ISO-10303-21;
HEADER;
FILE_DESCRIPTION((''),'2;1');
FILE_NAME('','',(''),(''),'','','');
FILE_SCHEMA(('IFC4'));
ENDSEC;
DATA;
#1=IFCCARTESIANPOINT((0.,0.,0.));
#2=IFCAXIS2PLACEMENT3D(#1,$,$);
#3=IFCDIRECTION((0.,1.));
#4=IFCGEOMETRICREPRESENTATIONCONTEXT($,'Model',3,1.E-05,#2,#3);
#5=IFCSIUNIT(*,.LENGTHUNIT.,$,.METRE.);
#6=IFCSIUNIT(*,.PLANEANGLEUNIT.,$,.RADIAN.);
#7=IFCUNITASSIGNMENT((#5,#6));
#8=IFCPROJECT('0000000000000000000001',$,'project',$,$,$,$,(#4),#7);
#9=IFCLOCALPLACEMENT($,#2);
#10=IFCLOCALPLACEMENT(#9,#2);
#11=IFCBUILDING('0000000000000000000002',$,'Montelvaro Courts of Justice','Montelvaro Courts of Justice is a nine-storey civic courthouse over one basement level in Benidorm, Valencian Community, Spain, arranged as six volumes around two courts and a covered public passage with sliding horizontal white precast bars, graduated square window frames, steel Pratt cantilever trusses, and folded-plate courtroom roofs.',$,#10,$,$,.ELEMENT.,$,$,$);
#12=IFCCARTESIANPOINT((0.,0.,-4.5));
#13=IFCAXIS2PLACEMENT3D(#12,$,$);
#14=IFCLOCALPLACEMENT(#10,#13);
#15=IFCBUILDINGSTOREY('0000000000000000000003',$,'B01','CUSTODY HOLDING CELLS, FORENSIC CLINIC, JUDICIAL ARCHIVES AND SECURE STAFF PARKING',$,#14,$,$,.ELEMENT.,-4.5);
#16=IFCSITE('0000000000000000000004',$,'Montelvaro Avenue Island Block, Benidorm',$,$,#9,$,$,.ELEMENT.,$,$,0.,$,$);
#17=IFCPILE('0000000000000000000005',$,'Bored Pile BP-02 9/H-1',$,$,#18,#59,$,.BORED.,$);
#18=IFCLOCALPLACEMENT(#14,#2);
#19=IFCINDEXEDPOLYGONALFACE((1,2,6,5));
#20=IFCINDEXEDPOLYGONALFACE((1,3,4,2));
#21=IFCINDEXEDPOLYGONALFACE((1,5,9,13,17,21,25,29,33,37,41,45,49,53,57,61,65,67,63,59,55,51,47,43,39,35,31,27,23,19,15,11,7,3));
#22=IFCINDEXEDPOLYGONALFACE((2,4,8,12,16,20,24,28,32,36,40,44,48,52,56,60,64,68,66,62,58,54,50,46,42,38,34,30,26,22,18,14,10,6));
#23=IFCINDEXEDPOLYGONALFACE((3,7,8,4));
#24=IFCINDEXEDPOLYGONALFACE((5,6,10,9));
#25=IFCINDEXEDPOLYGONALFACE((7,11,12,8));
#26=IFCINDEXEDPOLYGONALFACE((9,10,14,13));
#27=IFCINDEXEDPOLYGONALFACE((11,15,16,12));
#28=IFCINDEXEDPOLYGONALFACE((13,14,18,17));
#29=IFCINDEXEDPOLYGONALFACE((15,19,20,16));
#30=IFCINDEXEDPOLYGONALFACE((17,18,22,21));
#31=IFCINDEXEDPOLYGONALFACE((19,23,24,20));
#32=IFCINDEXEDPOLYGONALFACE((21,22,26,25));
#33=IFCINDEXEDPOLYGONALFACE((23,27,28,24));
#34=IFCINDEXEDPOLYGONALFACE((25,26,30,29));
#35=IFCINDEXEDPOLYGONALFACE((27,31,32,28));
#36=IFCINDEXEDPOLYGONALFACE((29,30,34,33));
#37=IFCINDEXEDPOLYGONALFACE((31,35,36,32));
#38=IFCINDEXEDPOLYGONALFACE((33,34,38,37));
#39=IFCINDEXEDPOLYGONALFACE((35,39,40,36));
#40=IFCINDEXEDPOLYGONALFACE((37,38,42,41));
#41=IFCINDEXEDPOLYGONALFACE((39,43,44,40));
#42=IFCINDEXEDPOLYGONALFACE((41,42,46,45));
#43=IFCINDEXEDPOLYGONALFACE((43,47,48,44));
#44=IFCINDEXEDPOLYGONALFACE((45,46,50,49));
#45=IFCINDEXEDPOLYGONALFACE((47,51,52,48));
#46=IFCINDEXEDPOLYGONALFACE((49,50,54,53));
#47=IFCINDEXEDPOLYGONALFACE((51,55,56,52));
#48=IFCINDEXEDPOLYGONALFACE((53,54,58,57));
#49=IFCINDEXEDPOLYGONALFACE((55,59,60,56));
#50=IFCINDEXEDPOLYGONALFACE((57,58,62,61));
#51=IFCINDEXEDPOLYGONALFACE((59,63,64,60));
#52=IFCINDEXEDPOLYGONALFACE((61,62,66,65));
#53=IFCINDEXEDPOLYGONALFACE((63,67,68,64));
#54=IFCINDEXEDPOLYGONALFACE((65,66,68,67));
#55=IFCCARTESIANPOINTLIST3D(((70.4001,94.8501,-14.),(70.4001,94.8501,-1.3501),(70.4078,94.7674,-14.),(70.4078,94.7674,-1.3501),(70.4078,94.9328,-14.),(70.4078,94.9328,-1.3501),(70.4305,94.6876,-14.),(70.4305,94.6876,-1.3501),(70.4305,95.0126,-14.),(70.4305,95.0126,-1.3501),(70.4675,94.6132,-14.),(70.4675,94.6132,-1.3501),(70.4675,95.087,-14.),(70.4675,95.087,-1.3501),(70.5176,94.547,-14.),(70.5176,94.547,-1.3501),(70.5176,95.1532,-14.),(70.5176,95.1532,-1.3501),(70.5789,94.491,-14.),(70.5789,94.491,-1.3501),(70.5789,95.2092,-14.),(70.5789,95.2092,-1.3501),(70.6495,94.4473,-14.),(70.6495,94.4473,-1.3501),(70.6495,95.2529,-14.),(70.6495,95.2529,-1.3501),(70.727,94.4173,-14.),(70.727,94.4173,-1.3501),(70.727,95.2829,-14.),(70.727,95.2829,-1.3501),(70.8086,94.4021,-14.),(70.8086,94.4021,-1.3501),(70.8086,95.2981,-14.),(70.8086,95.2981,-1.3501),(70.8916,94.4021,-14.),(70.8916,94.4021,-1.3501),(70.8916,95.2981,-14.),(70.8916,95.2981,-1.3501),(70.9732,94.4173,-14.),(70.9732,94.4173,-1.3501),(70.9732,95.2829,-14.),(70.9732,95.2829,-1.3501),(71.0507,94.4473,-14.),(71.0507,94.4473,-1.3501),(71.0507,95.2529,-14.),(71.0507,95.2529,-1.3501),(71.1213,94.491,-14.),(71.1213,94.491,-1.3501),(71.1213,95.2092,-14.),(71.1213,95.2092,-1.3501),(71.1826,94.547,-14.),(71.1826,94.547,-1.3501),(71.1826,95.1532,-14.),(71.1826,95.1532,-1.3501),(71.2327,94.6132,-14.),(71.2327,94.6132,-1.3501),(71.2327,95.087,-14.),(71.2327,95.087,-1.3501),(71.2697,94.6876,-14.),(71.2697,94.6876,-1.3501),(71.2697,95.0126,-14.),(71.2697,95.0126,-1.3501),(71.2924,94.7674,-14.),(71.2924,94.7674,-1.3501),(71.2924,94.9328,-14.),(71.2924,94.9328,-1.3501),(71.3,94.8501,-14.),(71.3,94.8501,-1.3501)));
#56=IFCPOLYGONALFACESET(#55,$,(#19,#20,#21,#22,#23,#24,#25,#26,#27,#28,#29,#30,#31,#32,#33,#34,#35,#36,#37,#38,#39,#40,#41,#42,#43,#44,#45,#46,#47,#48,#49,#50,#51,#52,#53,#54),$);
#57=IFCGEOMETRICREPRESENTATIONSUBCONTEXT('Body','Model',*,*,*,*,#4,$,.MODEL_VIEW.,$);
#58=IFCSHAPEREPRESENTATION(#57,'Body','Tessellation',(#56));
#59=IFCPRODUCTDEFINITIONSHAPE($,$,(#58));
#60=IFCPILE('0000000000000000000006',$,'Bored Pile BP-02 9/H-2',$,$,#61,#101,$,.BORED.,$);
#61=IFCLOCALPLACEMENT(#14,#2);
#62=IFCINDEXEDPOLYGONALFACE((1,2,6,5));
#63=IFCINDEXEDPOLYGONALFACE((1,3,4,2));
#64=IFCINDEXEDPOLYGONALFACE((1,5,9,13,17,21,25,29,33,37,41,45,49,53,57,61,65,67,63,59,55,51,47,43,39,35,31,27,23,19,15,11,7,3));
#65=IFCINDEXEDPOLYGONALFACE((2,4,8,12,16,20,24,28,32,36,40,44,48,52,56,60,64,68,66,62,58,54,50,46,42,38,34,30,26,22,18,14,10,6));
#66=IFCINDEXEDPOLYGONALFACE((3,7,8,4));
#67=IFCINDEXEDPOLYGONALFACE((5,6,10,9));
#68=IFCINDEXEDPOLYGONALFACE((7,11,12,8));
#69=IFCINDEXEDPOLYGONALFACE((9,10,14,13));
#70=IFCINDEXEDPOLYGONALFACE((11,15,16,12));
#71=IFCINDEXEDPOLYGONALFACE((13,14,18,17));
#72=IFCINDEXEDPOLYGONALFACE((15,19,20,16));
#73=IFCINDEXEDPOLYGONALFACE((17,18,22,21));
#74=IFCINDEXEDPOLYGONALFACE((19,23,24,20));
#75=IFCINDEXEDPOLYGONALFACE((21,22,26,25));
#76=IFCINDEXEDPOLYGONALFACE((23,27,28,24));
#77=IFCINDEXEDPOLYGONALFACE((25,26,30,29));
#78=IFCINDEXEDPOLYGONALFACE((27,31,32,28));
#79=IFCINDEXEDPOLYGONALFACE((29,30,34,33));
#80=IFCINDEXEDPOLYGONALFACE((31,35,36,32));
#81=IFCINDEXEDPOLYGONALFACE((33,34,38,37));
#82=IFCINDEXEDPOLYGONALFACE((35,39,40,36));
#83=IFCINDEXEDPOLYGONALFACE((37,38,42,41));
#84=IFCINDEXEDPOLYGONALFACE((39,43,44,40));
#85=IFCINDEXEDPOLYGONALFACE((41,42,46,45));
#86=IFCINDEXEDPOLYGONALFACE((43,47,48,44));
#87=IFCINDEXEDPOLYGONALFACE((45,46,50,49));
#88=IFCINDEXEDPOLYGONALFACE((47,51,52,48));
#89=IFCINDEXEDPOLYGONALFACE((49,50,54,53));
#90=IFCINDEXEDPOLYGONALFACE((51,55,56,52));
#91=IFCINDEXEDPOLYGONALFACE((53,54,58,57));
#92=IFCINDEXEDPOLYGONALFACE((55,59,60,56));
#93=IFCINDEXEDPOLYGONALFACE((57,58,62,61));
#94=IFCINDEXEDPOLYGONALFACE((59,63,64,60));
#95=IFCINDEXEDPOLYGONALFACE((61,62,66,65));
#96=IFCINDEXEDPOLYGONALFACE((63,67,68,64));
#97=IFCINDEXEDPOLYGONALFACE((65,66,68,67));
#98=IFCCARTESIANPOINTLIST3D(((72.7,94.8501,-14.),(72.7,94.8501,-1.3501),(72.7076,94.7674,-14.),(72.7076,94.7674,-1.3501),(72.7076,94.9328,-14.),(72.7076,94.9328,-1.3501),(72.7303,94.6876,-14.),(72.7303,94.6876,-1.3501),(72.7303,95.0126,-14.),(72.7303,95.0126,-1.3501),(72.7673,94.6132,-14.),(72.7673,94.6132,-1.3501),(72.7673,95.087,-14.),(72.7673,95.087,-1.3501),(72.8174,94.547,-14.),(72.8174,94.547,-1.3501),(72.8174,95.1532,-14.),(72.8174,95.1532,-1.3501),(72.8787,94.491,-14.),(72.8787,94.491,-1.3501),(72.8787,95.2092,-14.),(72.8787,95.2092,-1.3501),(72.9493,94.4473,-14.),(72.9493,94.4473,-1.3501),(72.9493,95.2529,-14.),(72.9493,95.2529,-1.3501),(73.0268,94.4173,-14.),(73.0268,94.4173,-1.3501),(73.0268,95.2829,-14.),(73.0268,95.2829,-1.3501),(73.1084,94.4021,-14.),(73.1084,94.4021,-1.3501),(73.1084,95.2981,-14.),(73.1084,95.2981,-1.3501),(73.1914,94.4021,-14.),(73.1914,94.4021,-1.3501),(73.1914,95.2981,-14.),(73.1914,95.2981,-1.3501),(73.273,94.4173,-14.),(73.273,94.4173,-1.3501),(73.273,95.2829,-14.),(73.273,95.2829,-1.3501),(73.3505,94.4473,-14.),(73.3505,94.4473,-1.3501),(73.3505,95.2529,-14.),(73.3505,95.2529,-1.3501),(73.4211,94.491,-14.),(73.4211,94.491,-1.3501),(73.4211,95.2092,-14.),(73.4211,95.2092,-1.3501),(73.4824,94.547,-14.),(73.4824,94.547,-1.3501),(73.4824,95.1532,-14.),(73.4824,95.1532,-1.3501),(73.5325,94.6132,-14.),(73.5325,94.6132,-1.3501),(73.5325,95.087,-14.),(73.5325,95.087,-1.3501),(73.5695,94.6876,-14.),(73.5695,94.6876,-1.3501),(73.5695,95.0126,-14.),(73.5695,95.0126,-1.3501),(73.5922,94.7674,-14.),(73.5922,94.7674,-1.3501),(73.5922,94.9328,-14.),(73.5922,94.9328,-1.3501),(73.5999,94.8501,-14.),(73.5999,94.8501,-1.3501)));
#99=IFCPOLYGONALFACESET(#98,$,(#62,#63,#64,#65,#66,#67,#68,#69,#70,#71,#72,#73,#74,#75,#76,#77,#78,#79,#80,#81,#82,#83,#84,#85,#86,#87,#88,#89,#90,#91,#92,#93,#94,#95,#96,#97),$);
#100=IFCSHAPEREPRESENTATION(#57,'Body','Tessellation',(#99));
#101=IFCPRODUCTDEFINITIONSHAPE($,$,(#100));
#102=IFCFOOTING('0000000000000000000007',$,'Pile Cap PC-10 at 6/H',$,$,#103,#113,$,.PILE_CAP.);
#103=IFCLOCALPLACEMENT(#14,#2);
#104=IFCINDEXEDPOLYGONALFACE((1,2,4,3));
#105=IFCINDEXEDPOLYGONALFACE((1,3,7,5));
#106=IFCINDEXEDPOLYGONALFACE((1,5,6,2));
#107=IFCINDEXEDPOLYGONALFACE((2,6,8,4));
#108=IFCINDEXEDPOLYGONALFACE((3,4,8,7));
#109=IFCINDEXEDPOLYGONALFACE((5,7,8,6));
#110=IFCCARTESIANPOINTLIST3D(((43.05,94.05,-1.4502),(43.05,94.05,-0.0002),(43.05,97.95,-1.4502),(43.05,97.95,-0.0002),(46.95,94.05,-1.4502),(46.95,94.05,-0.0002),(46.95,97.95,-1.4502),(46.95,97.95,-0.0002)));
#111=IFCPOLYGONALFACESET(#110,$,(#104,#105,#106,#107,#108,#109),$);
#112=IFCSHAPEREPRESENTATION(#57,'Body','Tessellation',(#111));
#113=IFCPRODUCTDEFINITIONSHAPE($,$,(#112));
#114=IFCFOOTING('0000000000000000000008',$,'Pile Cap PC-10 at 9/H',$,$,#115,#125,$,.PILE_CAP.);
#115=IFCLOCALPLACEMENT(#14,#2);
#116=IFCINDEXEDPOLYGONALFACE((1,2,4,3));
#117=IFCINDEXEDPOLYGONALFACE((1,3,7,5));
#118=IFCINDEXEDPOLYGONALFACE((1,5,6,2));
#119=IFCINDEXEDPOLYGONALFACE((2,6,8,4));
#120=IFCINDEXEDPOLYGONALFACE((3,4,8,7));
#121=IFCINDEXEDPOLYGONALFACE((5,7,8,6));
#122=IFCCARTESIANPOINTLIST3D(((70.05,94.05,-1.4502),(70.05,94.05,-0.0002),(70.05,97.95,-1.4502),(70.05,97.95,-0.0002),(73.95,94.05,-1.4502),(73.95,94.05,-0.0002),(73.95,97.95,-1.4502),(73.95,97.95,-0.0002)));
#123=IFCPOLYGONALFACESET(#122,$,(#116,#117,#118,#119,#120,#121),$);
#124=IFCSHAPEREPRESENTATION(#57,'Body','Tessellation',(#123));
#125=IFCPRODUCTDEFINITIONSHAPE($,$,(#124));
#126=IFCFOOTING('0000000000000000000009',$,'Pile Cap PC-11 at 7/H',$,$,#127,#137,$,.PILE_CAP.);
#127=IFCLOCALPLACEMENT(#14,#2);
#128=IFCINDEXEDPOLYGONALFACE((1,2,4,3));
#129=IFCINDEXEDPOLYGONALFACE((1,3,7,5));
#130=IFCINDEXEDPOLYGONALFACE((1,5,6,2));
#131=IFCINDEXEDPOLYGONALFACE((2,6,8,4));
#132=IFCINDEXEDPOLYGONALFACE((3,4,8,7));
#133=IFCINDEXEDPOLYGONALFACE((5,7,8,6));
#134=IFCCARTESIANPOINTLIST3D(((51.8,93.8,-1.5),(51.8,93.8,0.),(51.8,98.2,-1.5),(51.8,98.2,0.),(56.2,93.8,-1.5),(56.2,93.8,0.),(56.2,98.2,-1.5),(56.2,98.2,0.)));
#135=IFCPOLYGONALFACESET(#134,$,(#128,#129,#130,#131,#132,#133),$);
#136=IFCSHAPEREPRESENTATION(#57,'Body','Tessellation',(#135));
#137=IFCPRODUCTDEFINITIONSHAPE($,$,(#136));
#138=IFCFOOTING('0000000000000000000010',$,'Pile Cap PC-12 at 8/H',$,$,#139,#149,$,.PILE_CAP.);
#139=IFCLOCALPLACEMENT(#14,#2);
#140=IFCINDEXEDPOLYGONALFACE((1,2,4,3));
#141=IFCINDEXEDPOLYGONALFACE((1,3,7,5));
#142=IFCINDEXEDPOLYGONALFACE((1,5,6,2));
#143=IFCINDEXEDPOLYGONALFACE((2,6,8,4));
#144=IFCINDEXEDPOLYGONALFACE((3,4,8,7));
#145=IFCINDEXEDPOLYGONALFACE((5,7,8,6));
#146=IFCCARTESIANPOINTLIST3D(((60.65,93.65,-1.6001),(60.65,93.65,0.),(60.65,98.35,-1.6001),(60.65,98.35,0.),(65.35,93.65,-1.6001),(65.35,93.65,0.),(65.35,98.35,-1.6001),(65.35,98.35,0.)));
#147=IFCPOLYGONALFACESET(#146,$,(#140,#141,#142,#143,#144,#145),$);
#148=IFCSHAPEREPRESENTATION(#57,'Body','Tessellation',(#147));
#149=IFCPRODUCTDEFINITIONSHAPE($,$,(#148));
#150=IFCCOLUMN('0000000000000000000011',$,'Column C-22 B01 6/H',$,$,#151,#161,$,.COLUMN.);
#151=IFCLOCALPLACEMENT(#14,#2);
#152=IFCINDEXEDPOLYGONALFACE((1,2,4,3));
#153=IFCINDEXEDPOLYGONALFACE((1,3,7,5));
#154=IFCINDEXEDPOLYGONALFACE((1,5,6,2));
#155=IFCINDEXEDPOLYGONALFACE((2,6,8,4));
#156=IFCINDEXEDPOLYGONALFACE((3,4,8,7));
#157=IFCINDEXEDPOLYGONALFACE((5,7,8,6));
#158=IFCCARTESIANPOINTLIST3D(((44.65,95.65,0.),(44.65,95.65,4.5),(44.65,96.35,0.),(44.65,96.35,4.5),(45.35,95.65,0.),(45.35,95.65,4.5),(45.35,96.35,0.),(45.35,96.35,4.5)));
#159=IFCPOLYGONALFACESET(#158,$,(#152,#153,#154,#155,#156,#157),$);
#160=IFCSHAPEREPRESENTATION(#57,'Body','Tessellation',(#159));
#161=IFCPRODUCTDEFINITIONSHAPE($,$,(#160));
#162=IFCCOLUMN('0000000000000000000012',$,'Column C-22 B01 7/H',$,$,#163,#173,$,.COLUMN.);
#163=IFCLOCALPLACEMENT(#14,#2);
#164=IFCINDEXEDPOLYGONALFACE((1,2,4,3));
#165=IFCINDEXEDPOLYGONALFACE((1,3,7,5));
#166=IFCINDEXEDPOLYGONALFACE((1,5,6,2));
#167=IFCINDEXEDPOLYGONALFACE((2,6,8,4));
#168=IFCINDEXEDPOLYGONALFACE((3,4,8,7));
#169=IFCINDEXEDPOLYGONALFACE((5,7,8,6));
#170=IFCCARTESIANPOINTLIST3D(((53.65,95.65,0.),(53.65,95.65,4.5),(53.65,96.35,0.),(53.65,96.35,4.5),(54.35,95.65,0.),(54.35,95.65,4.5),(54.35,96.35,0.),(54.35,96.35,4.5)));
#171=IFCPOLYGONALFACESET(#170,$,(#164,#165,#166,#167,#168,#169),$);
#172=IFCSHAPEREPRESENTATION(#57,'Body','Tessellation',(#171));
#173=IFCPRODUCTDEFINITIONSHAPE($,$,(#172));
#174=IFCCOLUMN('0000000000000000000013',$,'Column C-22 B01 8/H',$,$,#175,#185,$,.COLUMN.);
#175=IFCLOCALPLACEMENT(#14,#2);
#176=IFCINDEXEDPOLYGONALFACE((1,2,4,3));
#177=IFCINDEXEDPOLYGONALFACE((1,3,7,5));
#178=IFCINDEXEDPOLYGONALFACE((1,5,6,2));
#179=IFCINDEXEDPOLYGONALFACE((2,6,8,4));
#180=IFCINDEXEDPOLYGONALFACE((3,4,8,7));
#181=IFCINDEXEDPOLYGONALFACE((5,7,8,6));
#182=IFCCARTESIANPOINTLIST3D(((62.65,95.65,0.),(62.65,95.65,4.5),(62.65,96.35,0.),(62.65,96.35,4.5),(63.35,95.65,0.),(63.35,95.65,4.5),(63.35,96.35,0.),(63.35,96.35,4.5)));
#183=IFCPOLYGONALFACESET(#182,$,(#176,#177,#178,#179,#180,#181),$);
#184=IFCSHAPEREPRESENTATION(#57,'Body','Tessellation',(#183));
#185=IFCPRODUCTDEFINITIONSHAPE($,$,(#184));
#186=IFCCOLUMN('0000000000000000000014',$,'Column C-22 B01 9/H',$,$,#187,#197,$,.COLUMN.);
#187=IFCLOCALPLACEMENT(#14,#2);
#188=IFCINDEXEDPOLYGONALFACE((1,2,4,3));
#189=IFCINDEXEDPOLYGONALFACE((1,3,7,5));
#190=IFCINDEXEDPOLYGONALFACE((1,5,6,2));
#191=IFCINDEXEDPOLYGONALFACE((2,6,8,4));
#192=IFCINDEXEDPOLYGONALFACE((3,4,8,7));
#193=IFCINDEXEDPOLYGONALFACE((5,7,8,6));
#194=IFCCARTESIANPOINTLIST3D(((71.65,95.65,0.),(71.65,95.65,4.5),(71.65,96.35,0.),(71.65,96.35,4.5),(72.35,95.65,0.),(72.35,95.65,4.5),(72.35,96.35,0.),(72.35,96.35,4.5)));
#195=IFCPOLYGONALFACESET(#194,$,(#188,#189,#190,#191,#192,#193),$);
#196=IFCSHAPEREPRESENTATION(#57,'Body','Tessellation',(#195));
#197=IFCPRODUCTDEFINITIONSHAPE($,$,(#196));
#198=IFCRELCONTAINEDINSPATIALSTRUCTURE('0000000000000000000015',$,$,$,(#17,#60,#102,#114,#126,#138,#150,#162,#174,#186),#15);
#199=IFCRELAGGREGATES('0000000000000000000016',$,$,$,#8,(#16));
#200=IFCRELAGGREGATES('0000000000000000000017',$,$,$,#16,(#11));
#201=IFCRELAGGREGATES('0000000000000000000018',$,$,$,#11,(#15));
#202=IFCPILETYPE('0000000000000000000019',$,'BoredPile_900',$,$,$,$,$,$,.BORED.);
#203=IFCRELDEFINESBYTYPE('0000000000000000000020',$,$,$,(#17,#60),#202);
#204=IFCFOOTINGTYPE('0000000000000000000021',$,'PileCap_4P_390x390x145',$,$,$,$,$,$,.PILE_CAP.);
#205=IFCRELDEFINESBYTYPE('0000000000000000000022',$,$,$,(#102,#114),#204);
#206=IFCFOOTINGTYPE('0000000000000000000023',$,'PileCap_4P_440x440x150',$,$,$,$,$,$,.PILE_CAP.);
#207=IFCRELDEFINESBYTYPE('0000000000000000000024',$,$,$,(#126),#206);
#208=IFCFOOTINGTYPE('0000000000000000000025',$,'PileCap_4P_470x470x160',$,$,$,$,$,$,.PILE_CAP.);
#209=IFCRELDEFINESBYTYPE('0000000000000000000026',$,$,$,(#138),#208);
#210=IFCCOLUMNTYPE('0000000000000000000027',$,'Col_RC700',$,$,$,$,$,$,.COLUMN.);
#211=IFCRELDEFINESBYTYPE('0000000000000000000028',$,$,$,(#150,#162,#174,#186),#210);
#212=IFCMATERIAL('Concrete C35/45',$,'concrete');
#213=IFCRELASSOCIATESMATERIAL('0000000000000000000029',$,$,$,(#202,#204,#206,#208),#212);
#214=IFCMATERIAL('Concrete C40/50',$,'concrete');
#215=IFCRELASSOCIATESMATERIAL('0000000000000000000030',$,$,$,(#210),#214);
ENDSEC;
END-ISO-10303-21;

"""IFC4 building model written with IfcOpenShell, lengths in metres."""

from ifc_helpers import new_model, si_unit, direction, frame, origin, origin_2d, place, context, subcontext, project, spatial, rectangle, circle, extrude, material, material_profile, profile_set, type_object, element, save


model = new_model("IFC4")

# Units and contexts
model_context = context("Model", 3, precision=1e-05, world=origin(), true_north=direction((0.0, 1.0)))
body_context = subcontext(model_context, "Body", "Model", "MODEL_VIEW")
ifc_project = project(units=[si_unit("LENGTHUNIT", "METRE"), si_unit("PLANEANGLEUNIT", "RADIAN")], contexts=[model_context])

# Site, building, storey
site_placement = place(None, origin())
site = spatial("IfcSite", under=ifc_project, at=site_placement, Name="Montelvaro Avenue Island Block, Benidorm", CompositionType="ELEMENT", RefElevation=0.0)
building_placement = place(site_placement, origin())
building = spatial("IfcBuilding", under=site, at=building_placement, Name="Montelvaro Courts of Justice", Description="Montelvaro Courts of Justice is a nine-storey civic courthouse over one basement level in Benidorm, Valencian Community, Spain, arranged as six volumes around two courts and a covered public passage with sliding horizontal white precast bars, graduated square window frames, steel Pratt cantilever trusses, and folded-plate courtroom roofs.", CompositionType="ELEMENT")
storey_placement = place(building_placement, frame((0.0, 0.0, -4.5)))
storey = spatial("IfcBuildingStorey", under=building, at=storey_placement, Name="B01", Description="CUSTODY HOLDING CELLS, FORENSIC CLINIC, JUDICIAL ARCHIVES AND SECURE STAFF PARKING", CompositionType="ELEMENT", Elevation=-4.5)

# Piles
ifc_material_1 = material(Name="Concrete C35/45", Category="concrete")
ifc_material_profile_1 = material_profile(ifc_material_1, circle(Radius=0.45, at=origin_2d()), Name="BORED PILE D900")
ifc_profile_set_1 = profile_set([ifc_material_profile_1], Name="Concrete C35/45")
pile_type_1 = type_object("IfcPileType", Name="BoredPile_900", PredefinedType="BORED", material=ifc_profile_set_1)
for number, where, z_axis, x_axis, name in (
    (1, (70.8501, 94.8501, -1.3501), (0.0, 0.0, -1.0), (1.0, 0.0, 0.0), "Bored Pile BP-02 9/H-1"),
    (2, (73.1499, 94.8501, -1.3501), (0.0, 0.0, -1.0), (1.0, 0.0, 0.0), "Bored Pile BP-02 9/H-2"),
):
    element("IfcPile", number, at=place(storey_placement, frame(where, z_axis=z_axis, x_axis=x_axis)), inside=storey, type_object=pile_type_1, Name=name, PredefinedType="BORED", context=body_context, shape_type="SweptSolid", body=[
        extrude(circle(Radius=0.45, at=origin_2d()), origin(), (0.0, 0.0, 1.0), 12.6499),
    ])

# Footings
footing_type_1 = type_object("IfcFootingType", Name="PileCap_4P_390x390x145", PredefinedType="PILE_CAP", material=ifc_material_1)
for number, where, z_axis, x_axis, name in (
    (3, (45.0, 96.0, -1.4502), (0.0, 0.0, 1.0), (1.0, 0.0, 0.0), "Pile Cap PC-10 at 6/H"),
    (4, (72.0, 96.0, -1.4502), (0.0, 0.0, 1.0), (1.0, 0.0, 0.0), "Pile Cap PC-10 at 9/H"),
):
    element("IfcFooting", number, at=place(storey_placement, frame(where, z_axis=z_axis, x_axis=x_axis)), inside=storey, type_object=footing_type_1, Name=name, PredefinedType="PILE_CAP", context=body_context, shape_type="SweptSolid", body=[
        extrude(rectangle(XDim=3.8999, YDim=3.8999, at=origin_2d()), origin(), (0.0, 0.0, 1.0), 1.45),
    ])
footing_type_2 = type_object("IfcFootingType", Name="PileCap_4P_440x440x150", PredefinedType="PILE_CAP", material=ifc_material_1)
footing_1_placement = place(storey_placement, frame((54.0, 96.0, -1.5), z_axis=(0.0, 0.0, 1.0), x_axis=(1.0, 0.0, 0.0)))
element("IfcFooting", 5, at=footing_1_placement, inside=storey, type_object=footing_type_2, Name="Pile Cap PC-11 at 7/H", PredefinedType="PILE_CAP", context=body_context, shape_type="SweptSolid", body=[
    extrude(rectangle(XDim=4.3999, YDim=4.3999, at=origin_2d()), origin(), (0.0, 0.0, 1.0), 1.5),
])
footing_type_3 = type_object("IfcFootingType", Name="PileCap_4P_470x470x160", PredefinedType="PILE_CAP", material=ifc_material_1)
footing_2_placement = place(storey_placement, frame((63.0, 96.0, -1.6001), z_axis=(0.0, 0.0, 1.0), x_axis=(1.0, 0.0, 0.0)))
element("IfcFooting", 6, at=footing_2_placement, inside=storey, type_object=footing_type_3, Name="Pile Cap PC-12 at 8/H", PredefinedType="PILE_CAP", context=body_context, shape_type="SweptSolid", body=[
    extrude(rectangle(XDim=4.7, YDim=4.7, at=origin_2d()), origin(), (0.0, 0.0, 1.0), 1.6001),
])

# Columns
ifc_material_2 = material(Name="Concrete C40/50", Category="concrete")
ifc_material_profile_2 = material_profile(ifc_material_2, rectangle(XDim=0.7, YDim=0.7, at=origin_2d()), Name="RC 700x700")
ifc_profile_set_2 = profile_set([ifc_material_profile_2], Name="Concrete C40/50")
column_type = type_object("IfcColumnType", Name="Col_RC700", PredefinedType="COLUMN", material=ifc_profile_set_2)
for number, where, z_axis, x_axis, name in (
    (7, (45.0, 96.0, 0.0), (0.0, 0.0, 1.0), (1.0, 0.0, 0.0), "Column C-22 B01 6/H"),
    (8, (54.0, 96.0, 0.0), (0.0, 0.0, 1.0), (1.0, 0.0, 0.0), "Column C-22 B01 7/H"),
    (9, (63.0, 96.0, 0.0), (0.0, 0.0, 1.0), (1.0, 0.0, 0.0), "Column C-22 B01 8/H"),
    (10, (72.0, 96.0, 0.0), (0.0, 0.0, 1.0), (1.0, 0.0, 0.0), "Column C-22 B01 9/H"),
):
    element("IfcColumn", number, at=place(storey_placement, frame(where, z_axis=z_axis, x_axis=x_axis)), inside=storey, type_object=column_type, Name=name, PredefinedType="COLUMN", context=body_context, shape_type="SweptSolid", body=[
        extrude(rectangle(XDim=0.7, YDim=0.7, at=origin_2d()), origin(), (0.0, 0.0, 1.0), 4.5),
    ])

save(model, "model.ifc")
